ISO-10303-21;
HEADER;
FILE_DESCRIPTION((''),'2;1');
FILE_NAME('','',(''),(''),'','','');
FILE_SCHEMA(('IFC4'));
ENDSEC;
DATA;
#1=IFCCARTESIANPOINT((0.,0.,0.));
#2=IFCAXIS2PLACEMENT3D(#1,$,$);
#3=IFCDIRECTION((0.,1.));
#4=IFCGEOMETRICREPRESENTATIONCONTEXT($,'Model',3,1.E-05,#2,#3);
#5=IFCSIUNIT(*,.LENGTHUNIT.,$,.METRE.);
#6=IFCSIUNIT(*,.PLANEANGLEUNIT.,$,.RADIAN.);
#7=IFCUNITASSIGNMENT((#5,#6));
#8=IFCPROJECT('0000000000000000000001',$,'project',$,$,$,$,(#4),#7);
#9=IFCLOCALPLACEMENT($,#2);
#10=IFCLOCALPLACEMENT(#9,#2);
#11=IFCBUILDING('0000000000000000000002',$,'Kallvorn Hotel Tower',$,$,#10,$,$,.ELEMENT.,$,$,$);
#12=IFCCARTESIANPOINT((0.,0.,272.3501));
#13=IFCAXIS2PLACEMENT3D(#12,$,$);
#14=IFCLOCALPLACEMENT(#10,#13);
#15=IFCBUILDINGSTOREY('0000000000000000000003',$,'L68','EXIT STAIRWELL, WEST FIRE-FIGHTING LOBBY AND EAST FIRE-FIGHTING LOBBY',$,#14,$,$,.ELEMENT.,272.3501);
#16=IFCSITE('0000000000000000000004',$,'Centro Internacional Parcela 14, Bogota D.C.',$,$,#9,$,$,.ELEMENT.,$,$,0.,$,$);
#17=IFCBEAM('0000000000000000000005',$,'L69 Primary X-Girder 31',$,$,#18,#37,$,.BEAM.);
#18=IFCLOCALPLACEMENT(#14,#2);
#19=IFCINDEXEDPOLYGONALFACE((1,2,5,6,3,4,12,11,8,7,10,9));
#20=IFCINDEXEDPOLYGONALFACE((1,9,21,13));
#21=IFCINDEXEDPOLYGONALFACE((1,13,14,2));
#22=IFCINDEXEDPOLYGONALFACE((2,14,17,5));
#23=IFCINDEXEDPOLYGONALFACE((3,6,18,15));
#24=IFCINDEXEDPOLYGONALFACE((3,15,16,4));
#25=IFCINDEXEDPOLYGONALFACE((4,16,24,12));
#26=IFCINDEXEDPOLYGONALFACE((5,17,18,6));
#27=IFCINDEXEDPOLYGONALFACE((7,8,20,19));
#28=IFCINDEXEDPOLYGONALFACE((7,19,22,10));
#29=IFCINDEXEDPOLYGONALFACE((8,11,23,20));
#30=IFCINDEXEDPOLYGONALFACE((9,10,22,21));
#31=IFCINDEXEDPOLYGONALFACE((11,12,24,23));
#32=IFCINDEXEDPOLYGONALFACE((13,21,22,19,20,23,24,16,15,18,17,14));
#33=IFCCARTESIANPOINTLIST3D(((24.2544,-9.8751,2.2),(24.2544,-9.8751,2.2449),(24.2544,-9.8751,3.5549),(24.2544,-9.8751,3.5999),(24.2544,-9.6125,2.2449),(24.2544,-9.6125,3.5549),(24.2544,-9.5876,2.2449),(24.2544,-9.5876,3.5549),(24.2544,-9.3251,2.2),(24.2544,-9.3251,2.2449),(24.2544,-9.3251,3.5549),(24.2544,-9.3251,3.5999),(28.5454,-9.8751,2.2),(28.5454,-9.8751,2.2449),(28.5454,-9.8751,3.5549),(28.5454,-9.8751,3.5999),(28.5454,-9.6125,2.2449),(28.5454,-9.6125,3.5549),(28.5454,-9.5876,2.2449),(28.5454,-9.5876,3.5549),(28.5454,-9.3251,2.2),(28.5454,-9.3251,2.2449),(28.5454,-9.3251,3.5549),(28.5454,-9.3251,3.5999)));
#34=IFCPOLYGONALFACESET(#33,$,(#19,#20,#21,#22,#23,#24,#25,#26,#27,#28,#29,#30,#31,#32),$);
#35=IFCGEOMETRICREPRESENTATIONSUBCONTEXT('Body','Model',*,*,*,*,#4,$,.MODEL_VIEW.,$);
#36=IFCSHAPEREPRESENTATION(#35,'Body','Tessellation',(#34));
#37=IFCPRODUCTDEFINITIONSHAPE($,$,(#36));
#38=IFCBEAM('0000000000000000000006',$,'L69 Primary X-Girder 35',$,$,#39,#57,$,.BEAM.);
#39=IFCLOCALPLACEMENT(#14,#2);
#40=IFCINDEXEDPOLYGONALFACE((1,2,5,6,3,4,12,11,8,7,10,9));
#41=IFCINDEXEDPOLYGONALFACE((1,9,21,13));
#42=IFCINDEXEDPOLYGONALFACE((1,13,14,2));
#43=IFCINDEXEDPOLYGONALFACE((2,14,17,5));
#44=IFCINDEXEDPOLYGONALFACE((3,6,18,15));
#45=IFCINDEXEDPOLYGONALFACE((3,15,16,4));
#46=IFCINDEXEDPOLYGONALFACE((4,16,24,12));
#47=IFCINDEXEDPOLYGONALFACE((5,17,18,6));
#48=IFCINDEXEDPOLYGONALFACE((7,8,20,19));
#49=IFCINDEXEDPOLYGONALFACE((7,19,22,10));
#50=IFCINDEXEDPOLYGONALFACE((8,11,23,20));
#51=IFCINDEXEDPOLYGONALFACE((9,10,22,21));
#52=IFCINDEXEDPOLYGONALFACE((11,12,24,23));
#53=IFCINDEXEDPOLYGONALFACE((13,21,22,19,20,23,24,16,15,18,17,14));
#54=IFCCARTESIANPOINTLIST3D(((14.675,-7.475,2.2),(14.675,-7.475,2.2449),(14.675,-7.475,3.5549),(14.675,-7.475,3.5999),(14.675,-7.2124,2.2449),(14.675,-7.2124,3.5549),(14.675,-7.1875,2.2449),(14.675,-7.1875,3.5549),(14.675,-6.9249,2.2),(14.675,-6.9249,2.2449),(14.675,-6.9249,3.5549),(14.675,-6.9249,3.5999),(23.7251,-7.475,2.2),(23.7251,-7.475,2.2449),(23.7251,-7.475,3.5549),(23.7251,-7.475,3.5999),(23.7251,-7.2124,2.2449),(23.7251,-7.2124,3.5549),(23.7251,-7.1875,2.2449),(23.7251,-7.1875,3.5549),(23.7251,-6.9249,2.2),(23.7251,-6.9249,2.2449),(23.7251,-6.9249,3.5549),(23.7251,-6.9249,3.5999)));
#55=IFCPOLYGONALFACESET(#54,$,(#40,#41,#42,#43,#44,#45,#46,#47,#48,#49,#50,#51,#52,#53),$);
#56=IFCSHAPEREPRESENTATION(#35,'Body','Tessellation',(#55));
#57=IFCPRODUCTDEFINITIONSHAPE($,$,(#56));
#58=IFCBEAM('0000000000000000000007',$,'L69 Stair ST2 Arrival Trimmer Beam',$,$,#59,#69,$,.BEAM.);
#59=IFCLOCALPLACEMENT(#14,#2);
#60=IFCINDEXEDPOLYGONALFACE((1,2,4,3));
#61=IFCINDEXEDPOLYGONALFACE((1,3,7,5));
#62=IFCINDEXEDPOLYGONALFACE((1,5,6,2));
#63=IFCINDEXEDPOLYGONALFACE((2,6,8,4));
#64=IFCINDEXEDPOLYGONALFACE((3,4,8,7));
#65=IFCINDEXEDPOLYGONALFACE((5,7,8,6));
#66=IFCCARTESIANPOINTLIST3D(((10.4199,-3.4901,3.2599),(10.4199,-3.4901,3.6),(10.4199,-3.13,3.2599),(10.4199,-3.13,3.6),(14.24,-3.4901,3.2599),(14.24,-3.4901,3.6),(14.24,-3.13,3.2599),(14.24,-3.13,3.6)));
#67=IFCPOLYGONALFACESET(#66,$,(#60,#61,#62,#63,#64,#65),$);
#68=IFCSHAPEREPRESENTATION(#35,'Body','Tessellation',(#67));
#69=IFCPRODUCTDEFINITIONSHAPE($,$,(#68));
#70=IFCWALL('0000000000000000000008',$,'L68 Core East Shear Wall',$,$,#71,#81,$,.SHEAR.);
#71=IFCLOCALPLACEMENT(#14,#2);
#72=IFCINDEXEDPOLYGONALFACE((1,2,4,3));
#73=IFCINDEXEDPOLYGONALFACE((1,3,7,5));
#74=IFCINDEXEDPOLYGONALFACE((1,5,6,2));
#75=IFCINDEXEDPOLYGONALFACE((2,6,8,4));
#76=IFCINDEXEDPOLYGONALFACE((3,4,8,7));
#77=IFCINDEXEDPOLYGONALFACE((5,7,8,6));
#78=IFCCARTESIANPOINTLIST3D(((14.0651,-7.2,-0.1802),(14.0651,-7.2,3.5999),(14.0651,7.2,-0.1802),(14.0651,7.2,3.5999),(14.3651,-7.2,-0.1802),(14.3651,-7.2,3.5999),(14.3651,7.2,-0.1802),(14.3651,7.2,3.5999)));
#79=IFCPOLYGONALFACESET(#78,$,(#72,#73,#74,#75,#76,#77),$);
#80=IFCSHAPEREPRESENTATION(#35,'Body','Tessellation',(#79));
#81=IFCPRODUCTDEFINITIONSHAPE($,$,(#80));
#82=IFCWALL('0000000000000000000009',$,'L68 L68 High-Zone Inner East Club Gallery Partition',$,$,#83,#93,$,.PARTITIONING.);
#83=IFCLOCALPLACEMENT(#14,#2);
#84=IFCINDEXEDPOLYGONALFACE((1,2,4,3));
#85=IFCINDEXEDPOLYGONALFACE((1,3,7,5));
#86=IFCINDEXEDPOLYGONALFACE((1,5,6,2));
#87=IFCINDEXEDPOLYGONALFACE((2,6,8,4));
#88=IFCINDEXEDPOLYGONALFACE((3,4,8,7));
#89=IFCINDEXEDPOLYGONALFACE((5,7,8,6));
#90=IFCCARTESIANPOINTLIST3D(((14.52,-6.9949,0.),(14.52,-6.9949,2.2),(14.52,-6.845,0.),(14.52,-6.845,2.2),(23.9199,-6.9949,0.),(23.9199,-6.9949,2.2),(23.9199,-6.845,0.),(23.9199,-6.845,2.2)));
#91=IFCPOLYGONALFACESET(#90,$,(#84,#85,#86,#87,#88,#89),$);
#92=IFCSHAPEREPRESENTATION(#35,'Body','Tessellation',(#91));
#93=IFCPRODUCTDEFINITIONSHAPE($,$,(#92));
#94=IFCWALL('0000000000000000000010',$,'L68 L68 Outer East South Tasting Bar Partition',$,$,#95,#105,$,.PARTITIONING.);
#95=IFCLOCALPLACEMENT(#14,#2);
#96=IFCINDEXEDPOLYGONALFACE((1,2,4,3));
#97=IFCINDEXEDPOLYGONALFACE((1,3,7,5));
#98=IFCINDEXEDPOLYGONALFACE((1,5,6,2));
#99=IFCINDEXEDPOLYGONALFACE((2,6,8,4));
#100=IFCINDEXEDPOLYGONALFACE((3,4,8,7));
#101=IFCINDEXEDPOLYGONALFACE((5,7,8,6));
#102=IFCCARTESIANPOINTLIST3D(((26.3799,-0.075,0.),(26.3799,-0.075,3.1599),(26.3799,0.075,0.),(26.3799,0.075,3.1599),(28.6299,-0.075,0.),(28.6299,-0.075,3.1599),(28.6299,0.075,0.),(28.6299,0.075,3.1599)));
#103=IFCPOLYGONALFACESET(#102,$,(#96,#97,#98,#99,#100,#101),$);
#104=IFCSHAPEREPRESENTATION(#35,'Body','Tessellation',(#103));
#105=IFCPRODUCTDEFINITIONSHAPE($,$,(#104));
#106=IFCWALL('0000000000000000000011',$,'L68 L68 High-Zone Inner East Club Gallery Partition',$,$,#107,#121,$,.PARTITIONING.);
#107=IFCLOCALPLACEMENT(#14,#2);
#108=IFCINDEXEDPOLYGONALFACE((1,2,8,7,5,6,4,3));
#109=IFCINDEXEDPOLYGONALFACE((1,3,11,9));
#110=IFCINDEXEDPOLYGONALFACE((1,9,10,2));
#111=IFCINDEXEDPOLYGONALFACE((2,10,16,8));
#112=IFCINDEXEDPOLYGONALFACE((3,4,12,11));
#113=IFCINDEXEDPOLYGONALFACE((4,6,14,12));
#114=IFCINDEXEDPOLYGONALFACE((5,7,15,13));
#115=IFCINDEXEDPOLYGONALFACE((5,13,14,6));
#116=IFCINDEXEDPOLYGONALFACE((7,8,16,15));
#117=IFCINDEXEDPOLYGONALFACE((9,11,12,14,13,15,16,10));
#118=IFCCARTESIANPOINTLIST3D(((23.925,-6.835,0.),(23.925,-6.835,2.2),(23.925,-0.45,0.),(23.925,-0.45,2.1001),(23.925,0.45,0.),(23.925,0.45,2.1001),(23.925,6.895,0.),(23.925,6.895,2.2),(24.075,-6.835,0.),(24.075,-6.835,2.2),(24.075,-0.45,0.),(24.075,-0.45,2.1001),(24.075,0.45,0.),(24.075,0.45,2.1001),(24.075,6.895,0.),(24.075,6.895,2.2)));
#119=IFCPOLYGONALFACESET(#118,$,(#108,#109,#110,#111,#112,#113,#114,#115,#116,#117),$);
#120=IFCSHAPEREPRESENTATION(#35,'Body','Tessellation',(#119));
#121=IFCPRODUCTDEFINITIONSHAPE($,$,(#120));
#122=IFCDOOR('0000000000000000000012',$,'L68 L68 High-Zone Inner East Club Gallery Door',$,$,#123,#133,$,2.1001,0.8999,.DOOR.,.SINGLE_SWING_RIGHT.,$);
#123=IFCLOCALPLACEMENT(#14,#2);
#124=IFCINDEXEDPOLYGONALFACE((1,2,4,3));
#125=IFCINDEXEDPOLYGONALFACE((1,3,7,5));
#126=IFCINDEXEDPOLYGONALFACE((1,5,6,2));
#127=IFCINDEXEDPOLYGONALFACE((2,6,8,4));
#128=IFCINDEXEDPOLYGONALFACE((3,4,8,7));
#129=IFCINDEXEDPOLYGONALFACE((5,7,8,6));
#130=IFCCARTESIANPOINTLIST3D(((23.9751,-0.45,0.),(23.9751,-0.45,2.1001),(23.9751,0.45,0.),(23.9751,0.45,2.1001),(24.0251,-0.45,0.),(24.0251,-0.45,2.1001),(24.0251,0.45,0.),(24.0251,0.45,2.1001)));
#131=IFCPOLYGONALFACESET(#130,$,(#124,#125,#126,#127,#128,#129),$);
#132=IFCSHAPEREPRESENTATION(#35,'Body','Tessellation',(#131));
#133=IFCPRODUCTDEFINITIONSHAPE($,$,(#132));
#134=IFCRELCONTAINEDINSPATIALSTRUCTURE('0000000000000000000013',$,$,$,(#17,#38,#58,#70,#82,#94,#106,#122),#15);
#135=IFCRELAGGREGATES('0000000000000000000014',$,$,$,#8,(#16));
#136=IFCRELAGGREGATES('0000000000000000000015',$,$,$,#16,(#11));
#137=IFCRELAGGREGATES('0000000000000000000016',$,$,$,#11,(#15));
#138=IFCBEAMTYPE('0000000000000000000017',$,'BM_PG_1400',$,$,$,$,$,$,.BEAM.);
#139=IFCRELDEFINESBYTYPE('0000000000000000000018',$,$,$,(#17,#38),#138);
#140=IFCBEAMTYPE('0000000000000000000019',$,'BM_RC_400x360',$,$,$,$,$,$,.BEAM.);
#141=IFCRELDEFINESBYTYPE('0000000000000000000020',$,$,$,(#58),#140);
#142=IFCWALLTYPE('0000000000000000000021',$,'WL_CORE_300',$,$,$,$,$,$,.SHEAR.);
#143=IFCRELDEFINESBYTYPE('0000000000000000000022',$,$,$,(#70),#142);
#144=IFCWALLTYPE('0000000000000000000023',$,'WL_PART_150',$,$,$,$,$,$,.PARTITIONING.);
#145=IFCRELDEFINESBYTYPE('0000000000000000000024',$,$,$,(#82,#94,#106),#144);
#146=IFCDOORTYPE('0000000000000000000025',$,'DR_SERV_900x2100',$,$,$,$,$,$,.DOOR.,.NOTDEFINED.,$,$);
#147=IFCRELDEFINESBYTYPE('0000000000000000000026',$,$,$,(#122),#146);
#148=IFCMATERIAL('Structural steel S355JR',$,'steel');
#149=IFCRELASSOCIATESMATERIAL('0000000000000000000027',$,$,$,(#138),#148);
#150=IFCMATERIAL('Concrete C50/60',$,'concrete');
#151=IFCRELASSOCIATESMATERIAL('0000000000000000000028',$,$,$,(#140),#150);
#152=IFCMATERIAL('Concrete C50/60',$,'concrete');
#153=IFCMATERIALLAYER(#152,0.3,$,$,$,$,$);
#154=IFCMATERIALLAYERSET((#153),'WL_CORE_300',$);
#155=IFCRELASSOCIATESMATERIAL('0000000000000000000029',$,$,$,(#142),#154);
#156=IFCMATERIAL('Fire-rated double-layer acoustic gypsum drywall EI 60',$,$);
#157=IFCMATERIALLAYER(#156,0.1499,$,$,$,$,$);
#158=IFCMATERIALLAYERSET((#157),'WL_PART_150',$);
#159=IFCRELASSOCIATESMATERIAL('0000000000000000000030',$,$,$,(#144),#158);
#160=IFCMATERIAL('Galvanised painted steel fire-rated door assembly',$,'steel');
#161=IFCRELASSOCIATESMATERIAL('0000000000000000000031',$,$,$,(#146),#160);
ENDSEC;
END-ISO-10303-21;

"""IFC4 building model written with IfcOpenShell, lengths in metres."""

from ifc_helpers import new_model, si_unit, direction, frame, frame_2d, origin, origin_2d, place, context, subcontext, project, spatial, rectangle, i_section, extrude, material, layer, layer_set, material_profile, profile_set, type_object, element, fill, save


model = new_model("IFC4")

# Units and contexts
model_context = context("Model", 3, precision=1e-05, world=origin(), true_north=direction((0.0, 1.0)))
body_context = subcontext(model_context, "Body", "Model", "MODEL_VIEW")
ifc_project = project(units=[si_unit("LENGTHUNIT", "METRE"), si_unit("PLANEANGLEUNIT", "RADIAN")], contexts=[model_context])

# Site, building, storey
site_placement = place(None, origin())
site = spatial("IfcSite", under=ifc_project, at=site_placement, Name="Centro Internacional Parcela 14, Bogota D.C.", CompositionType="ELEMENT", RefElevation=0.0)
building_placement = place(site_placement, origin())
building = spatial("IfcBuilding", under=site, at=building_placement, Name="Kallvorn Hotel Tower", CompositionType="ELEMENT")
storey_placement = place(building_placement, frame((0.0, 0.0, 272.3501)))
storey = spatial("IfcBuildingStorey", under=building, at=storey_placement, Name="L68", Description="EXIT STAIRWELL, WEST FIRE-FIGHTING LOBBY AND EAST FIRE-FIGHTING LOBBY", CompositionType="ELEMENT", Elevation=272.3501)

# Beams
ifc_material_1 = material(Name="Structural steel S355JR", Category="steel")
ifc_material_profile_1 = material_profile(ifc_material_1, i_section(OverallWidth=0.55, OverallDepth=1.3999, WebThickness=0.0249, FlangeThickness=0.0449, at=origin_2d()), Name="PG 1400x550x25x45")
ifc_profile_set_1 = profile_set([ifc_material_profile_1], Name="Structural steel S355JR")
beam_type_1 = type_object("IfcBeamType", Name="BM_PG_1400", PredefinedType="BEAM", material=ifc_profile_set_1)
for number, where, z_axis, x_axis, name in (
    (1, (24.2544, -9.6001, 2.8999), (1.0, 0.0, 0.0), (0.0, 1.0, 0.0), "L69 Primary X-Girder 31"),
):
    element("IfcBeam", number, at=place(storey_placement, frame(where, z_axis=z_axis, x_axis=x_axis)), inside=storey, type_object=beam_type_1, Name=name, PredefinedType="BEAM", context=body_context, shape_type="SweptSolid", body=[
        extrude(i_section(OverallWidth=0.55, OverallDepth=1.3999, WebThickness=0.0249, FlangeThickness=0.0449, at=origin_2d()), origin(), (0.0, 0.0, 1.0), 4.291),
    ])
beam_1_placement = place(storey_placement, frame((14.675, -7.2, 2.8999), z_axis=(1.0, 0.0, 0.0), x_axis=(0.0, 1.0, 0.0)))
element("IfcBeam", 2, at=beam_1_placement, inside=storey, type_object=beam_type_1, Name="L69 Primary X-Girder 35", PredefinedType="BEAM", context=body_context, shape_type="SweptSolid", body=[
    extrude(i_section(OverallWidth=0.55, OverallDepth=1.3999, WebThickness=0.0249, FlangeThickness=0.0449, at=origin_2d()), origin(), (0.0, 0.0, 1.0), 9.05),
])
ifc_material_2 = material(Name="Concrete C50/60", Category="concrete")
ifc_material_profile_2 = material_profile(ifc_material_2, rectangle(XDim=0.3601, YDim=0.3401, at=origin_2d()), Name="RC 360x340")
ifc_profile_set_2 = profile_set([ifc_material_profile_2], Name="Concrete C50/60")
beam_type_2 = type_object("IfcBeamType", Name="BM_RC_400x360", PredefinedType="BEAM", material=ifc_profile_set_2)
beam_2_placement = place(storey_placement, frame((14.24, -3.3101, 3.4299), z_axis=(-1.0, 0.0, 0.0), x_axis=(0.0, -1.0, 0.0)))
element("IfcBeam", 3, at=beam_2_placement, inside=storey, type_object=beam_type_2, Name="L69 Stair ST2 Arrival Trimmer Beam", PredefinedType="BEAM", context=body_context, shape_type="SweptSolid", body=[
    extrude(rectangle(XDim=0.3601, YDim=0.3401, at=origin_2d()), origin(), (0.0, 0.0, 1.0), 3.8201),
])

# Walls
ifc_material_3 = material(Name="Concrete C50/60", Category="concrete")
ifc_layer_1 = layer(ifc_material_3, 0.3)
ifc_layer_set_1 = layer_set([ifc_layer_1], Name="WL_CORE_300")
wall_type_1 = type_object("IfcWallType", Name="WL_CORE_300", PredefinedType="SHEAR", material=ifc_layer_set_1)
wall_1_placement = place(storey_placement, frame((14.2151, -7.2, -0.1802), z_axis=(0.0, 0.0, 1.0), x_axis=(0.0, 1.0, 0.0)))
element("IfcWall", 4, at=wall_1_placement, inside=storey, type_object=wall_type_1, Name="L68 Core East Shear Wall", PredefinedType="SHEAR", context=body_context, shape_type="SweptSolid", body=[
    extrude(rectangle(XDim=14.3999, YDim=0.3, at=frame_2d((7.2, 0.0))), origin(), (0.0, 0.0, 1.0), 3.78),
])
ifc_material_4 = material(Name="Fire-rated double-layer acoustic gypsum drywall EI 60")
ifc_layer_2 = layer(ifc_material_4, 0.1499)
ifc_layer_set_2 = layer_set([ifc_layer_2], Name="WL_PART_150")
wall_type_2 = type_object("IfcWallType", Name="WL_PART_150", PredefinedType="PARTITIONING", material=ifc_layer_set_2)
wall_2_placement = place(storey_placement, frame((14.52, -6.9199, 0.0), z_axis=(0.0, 0.0, 1.0), x_axis=(1.0, 0.0, 0.0)))
element("IfcWall", 5, at=wall_2_placement, inside=storey, type_object=wall_type_2, Name="L68 L68 High-Zone Inner East Club Gallery Partition", PredefinedType="PARTITIONING", context=body_context, shape_type="SweptSolid", body=[
    extrude(rectangle(XDim=9.3999, YDim=0.1499, at=frame_2d((4.7, 0.0))), origin(), (0.0, 0.0, 1.0), 2.2),
])
wall_3_placement = place(storey_placement, frame((26.3799, 0.0, 0.0), z_axis=(0.0, 0.0, 1.0), x_axis=(1.0, 0.0, 0.0)))
element("IfcWall", 6, at=wall_3_placement, inside=storey, type_object=wall_type_2, Name="L68 L68 Outer East South Tasting Bar Partition", PredefinedType="PARTITIONING", context=body_context, shape_type="SweptSolid", body=[
    extrude(rectangle(XDim=2.25, YDim=0.1499, at=frame_2d((1.125, 0.0))), origin(), (0.0, 0.0, 1.0), 3.1599),
])

# Wall, opening, door
wall_4_placement = place(storey_placement, frame((24.0, -6.835, 0.0), z_axis=(0.0, 0.0, 1.0), x_axis=(0.0, 1.0, 0.0)))
wall_4 = element("IfcWall", 7, at=wall_4_placement, inside=storey, type_object=wall_type_2, Name="L68 L68 High-Zone Inner East Club Gallery Partition", PredefinedType="PARTITIONING", context=body_context, shape_type="SweptSolid", body=[
    extrude(rectangle(XDim=13.73, YDim=0.1499, at=frame_2d((6.865, 0.0))), origin(), (0.0, 0.0, 1.0), 2.2),
])
opening_placement = place(wall_4_placement, frame((6.385, 0.0, 0.0)))
opening = element("IfcOpeningElement", 8, at=opening_placement, cuts=wall_4, PredefinedType="OPENING", context=body_context, shape_type="SweptSolid", body=[
    extrude(rectangle(XDim=0.8999, YDim=2.1001, at=frame_2d((0.45, 1.05))), frame((0.0, 0.0898, 0.0), z_axis=(0.0, -1.0, 0.0), x_axis=(1.0, 0.0, 0.0)), (0.0, 0.0, 1.0), 0.1799),
])
ifc_material_5 = material(Name="Galvanised painted steel fire-rated door assembly", Category="steel")
door_type = type_object("IfcDoorType", Name="DR_SERV_900x2100", OperationType="NOTDEFINED", PredefinedType="DOOR", material=ifc_material_5)
door_placement = place(opening_placement, origin())
door = element("IfcDoor", 9, at=door_placement, inside=storey, type_object=door_type, Name="L68 L68 High-Zone Inner East Club Gallery Door", OperationType="SINGLE_SWING_RIGHT", OverallHeight=2.1001, OverallWidth=0.8999, PredefinedType="DOOR", context=body_context, shape_type="SweptSolid", body=[
    extrude(rectangle(XDim=0.8999, YDim=2.1001, at=frame_2d((0.45, 1.05))), frame((0.0, 0.0249, 0.0), z_axis=(0.0, -1.0, 0.0), x_axis=(1.0, 0.0, 0.0)), (0.0, 0.0, 1.0), 0.05),
])
fill(opening, door)

save(model, "model.ifc")
